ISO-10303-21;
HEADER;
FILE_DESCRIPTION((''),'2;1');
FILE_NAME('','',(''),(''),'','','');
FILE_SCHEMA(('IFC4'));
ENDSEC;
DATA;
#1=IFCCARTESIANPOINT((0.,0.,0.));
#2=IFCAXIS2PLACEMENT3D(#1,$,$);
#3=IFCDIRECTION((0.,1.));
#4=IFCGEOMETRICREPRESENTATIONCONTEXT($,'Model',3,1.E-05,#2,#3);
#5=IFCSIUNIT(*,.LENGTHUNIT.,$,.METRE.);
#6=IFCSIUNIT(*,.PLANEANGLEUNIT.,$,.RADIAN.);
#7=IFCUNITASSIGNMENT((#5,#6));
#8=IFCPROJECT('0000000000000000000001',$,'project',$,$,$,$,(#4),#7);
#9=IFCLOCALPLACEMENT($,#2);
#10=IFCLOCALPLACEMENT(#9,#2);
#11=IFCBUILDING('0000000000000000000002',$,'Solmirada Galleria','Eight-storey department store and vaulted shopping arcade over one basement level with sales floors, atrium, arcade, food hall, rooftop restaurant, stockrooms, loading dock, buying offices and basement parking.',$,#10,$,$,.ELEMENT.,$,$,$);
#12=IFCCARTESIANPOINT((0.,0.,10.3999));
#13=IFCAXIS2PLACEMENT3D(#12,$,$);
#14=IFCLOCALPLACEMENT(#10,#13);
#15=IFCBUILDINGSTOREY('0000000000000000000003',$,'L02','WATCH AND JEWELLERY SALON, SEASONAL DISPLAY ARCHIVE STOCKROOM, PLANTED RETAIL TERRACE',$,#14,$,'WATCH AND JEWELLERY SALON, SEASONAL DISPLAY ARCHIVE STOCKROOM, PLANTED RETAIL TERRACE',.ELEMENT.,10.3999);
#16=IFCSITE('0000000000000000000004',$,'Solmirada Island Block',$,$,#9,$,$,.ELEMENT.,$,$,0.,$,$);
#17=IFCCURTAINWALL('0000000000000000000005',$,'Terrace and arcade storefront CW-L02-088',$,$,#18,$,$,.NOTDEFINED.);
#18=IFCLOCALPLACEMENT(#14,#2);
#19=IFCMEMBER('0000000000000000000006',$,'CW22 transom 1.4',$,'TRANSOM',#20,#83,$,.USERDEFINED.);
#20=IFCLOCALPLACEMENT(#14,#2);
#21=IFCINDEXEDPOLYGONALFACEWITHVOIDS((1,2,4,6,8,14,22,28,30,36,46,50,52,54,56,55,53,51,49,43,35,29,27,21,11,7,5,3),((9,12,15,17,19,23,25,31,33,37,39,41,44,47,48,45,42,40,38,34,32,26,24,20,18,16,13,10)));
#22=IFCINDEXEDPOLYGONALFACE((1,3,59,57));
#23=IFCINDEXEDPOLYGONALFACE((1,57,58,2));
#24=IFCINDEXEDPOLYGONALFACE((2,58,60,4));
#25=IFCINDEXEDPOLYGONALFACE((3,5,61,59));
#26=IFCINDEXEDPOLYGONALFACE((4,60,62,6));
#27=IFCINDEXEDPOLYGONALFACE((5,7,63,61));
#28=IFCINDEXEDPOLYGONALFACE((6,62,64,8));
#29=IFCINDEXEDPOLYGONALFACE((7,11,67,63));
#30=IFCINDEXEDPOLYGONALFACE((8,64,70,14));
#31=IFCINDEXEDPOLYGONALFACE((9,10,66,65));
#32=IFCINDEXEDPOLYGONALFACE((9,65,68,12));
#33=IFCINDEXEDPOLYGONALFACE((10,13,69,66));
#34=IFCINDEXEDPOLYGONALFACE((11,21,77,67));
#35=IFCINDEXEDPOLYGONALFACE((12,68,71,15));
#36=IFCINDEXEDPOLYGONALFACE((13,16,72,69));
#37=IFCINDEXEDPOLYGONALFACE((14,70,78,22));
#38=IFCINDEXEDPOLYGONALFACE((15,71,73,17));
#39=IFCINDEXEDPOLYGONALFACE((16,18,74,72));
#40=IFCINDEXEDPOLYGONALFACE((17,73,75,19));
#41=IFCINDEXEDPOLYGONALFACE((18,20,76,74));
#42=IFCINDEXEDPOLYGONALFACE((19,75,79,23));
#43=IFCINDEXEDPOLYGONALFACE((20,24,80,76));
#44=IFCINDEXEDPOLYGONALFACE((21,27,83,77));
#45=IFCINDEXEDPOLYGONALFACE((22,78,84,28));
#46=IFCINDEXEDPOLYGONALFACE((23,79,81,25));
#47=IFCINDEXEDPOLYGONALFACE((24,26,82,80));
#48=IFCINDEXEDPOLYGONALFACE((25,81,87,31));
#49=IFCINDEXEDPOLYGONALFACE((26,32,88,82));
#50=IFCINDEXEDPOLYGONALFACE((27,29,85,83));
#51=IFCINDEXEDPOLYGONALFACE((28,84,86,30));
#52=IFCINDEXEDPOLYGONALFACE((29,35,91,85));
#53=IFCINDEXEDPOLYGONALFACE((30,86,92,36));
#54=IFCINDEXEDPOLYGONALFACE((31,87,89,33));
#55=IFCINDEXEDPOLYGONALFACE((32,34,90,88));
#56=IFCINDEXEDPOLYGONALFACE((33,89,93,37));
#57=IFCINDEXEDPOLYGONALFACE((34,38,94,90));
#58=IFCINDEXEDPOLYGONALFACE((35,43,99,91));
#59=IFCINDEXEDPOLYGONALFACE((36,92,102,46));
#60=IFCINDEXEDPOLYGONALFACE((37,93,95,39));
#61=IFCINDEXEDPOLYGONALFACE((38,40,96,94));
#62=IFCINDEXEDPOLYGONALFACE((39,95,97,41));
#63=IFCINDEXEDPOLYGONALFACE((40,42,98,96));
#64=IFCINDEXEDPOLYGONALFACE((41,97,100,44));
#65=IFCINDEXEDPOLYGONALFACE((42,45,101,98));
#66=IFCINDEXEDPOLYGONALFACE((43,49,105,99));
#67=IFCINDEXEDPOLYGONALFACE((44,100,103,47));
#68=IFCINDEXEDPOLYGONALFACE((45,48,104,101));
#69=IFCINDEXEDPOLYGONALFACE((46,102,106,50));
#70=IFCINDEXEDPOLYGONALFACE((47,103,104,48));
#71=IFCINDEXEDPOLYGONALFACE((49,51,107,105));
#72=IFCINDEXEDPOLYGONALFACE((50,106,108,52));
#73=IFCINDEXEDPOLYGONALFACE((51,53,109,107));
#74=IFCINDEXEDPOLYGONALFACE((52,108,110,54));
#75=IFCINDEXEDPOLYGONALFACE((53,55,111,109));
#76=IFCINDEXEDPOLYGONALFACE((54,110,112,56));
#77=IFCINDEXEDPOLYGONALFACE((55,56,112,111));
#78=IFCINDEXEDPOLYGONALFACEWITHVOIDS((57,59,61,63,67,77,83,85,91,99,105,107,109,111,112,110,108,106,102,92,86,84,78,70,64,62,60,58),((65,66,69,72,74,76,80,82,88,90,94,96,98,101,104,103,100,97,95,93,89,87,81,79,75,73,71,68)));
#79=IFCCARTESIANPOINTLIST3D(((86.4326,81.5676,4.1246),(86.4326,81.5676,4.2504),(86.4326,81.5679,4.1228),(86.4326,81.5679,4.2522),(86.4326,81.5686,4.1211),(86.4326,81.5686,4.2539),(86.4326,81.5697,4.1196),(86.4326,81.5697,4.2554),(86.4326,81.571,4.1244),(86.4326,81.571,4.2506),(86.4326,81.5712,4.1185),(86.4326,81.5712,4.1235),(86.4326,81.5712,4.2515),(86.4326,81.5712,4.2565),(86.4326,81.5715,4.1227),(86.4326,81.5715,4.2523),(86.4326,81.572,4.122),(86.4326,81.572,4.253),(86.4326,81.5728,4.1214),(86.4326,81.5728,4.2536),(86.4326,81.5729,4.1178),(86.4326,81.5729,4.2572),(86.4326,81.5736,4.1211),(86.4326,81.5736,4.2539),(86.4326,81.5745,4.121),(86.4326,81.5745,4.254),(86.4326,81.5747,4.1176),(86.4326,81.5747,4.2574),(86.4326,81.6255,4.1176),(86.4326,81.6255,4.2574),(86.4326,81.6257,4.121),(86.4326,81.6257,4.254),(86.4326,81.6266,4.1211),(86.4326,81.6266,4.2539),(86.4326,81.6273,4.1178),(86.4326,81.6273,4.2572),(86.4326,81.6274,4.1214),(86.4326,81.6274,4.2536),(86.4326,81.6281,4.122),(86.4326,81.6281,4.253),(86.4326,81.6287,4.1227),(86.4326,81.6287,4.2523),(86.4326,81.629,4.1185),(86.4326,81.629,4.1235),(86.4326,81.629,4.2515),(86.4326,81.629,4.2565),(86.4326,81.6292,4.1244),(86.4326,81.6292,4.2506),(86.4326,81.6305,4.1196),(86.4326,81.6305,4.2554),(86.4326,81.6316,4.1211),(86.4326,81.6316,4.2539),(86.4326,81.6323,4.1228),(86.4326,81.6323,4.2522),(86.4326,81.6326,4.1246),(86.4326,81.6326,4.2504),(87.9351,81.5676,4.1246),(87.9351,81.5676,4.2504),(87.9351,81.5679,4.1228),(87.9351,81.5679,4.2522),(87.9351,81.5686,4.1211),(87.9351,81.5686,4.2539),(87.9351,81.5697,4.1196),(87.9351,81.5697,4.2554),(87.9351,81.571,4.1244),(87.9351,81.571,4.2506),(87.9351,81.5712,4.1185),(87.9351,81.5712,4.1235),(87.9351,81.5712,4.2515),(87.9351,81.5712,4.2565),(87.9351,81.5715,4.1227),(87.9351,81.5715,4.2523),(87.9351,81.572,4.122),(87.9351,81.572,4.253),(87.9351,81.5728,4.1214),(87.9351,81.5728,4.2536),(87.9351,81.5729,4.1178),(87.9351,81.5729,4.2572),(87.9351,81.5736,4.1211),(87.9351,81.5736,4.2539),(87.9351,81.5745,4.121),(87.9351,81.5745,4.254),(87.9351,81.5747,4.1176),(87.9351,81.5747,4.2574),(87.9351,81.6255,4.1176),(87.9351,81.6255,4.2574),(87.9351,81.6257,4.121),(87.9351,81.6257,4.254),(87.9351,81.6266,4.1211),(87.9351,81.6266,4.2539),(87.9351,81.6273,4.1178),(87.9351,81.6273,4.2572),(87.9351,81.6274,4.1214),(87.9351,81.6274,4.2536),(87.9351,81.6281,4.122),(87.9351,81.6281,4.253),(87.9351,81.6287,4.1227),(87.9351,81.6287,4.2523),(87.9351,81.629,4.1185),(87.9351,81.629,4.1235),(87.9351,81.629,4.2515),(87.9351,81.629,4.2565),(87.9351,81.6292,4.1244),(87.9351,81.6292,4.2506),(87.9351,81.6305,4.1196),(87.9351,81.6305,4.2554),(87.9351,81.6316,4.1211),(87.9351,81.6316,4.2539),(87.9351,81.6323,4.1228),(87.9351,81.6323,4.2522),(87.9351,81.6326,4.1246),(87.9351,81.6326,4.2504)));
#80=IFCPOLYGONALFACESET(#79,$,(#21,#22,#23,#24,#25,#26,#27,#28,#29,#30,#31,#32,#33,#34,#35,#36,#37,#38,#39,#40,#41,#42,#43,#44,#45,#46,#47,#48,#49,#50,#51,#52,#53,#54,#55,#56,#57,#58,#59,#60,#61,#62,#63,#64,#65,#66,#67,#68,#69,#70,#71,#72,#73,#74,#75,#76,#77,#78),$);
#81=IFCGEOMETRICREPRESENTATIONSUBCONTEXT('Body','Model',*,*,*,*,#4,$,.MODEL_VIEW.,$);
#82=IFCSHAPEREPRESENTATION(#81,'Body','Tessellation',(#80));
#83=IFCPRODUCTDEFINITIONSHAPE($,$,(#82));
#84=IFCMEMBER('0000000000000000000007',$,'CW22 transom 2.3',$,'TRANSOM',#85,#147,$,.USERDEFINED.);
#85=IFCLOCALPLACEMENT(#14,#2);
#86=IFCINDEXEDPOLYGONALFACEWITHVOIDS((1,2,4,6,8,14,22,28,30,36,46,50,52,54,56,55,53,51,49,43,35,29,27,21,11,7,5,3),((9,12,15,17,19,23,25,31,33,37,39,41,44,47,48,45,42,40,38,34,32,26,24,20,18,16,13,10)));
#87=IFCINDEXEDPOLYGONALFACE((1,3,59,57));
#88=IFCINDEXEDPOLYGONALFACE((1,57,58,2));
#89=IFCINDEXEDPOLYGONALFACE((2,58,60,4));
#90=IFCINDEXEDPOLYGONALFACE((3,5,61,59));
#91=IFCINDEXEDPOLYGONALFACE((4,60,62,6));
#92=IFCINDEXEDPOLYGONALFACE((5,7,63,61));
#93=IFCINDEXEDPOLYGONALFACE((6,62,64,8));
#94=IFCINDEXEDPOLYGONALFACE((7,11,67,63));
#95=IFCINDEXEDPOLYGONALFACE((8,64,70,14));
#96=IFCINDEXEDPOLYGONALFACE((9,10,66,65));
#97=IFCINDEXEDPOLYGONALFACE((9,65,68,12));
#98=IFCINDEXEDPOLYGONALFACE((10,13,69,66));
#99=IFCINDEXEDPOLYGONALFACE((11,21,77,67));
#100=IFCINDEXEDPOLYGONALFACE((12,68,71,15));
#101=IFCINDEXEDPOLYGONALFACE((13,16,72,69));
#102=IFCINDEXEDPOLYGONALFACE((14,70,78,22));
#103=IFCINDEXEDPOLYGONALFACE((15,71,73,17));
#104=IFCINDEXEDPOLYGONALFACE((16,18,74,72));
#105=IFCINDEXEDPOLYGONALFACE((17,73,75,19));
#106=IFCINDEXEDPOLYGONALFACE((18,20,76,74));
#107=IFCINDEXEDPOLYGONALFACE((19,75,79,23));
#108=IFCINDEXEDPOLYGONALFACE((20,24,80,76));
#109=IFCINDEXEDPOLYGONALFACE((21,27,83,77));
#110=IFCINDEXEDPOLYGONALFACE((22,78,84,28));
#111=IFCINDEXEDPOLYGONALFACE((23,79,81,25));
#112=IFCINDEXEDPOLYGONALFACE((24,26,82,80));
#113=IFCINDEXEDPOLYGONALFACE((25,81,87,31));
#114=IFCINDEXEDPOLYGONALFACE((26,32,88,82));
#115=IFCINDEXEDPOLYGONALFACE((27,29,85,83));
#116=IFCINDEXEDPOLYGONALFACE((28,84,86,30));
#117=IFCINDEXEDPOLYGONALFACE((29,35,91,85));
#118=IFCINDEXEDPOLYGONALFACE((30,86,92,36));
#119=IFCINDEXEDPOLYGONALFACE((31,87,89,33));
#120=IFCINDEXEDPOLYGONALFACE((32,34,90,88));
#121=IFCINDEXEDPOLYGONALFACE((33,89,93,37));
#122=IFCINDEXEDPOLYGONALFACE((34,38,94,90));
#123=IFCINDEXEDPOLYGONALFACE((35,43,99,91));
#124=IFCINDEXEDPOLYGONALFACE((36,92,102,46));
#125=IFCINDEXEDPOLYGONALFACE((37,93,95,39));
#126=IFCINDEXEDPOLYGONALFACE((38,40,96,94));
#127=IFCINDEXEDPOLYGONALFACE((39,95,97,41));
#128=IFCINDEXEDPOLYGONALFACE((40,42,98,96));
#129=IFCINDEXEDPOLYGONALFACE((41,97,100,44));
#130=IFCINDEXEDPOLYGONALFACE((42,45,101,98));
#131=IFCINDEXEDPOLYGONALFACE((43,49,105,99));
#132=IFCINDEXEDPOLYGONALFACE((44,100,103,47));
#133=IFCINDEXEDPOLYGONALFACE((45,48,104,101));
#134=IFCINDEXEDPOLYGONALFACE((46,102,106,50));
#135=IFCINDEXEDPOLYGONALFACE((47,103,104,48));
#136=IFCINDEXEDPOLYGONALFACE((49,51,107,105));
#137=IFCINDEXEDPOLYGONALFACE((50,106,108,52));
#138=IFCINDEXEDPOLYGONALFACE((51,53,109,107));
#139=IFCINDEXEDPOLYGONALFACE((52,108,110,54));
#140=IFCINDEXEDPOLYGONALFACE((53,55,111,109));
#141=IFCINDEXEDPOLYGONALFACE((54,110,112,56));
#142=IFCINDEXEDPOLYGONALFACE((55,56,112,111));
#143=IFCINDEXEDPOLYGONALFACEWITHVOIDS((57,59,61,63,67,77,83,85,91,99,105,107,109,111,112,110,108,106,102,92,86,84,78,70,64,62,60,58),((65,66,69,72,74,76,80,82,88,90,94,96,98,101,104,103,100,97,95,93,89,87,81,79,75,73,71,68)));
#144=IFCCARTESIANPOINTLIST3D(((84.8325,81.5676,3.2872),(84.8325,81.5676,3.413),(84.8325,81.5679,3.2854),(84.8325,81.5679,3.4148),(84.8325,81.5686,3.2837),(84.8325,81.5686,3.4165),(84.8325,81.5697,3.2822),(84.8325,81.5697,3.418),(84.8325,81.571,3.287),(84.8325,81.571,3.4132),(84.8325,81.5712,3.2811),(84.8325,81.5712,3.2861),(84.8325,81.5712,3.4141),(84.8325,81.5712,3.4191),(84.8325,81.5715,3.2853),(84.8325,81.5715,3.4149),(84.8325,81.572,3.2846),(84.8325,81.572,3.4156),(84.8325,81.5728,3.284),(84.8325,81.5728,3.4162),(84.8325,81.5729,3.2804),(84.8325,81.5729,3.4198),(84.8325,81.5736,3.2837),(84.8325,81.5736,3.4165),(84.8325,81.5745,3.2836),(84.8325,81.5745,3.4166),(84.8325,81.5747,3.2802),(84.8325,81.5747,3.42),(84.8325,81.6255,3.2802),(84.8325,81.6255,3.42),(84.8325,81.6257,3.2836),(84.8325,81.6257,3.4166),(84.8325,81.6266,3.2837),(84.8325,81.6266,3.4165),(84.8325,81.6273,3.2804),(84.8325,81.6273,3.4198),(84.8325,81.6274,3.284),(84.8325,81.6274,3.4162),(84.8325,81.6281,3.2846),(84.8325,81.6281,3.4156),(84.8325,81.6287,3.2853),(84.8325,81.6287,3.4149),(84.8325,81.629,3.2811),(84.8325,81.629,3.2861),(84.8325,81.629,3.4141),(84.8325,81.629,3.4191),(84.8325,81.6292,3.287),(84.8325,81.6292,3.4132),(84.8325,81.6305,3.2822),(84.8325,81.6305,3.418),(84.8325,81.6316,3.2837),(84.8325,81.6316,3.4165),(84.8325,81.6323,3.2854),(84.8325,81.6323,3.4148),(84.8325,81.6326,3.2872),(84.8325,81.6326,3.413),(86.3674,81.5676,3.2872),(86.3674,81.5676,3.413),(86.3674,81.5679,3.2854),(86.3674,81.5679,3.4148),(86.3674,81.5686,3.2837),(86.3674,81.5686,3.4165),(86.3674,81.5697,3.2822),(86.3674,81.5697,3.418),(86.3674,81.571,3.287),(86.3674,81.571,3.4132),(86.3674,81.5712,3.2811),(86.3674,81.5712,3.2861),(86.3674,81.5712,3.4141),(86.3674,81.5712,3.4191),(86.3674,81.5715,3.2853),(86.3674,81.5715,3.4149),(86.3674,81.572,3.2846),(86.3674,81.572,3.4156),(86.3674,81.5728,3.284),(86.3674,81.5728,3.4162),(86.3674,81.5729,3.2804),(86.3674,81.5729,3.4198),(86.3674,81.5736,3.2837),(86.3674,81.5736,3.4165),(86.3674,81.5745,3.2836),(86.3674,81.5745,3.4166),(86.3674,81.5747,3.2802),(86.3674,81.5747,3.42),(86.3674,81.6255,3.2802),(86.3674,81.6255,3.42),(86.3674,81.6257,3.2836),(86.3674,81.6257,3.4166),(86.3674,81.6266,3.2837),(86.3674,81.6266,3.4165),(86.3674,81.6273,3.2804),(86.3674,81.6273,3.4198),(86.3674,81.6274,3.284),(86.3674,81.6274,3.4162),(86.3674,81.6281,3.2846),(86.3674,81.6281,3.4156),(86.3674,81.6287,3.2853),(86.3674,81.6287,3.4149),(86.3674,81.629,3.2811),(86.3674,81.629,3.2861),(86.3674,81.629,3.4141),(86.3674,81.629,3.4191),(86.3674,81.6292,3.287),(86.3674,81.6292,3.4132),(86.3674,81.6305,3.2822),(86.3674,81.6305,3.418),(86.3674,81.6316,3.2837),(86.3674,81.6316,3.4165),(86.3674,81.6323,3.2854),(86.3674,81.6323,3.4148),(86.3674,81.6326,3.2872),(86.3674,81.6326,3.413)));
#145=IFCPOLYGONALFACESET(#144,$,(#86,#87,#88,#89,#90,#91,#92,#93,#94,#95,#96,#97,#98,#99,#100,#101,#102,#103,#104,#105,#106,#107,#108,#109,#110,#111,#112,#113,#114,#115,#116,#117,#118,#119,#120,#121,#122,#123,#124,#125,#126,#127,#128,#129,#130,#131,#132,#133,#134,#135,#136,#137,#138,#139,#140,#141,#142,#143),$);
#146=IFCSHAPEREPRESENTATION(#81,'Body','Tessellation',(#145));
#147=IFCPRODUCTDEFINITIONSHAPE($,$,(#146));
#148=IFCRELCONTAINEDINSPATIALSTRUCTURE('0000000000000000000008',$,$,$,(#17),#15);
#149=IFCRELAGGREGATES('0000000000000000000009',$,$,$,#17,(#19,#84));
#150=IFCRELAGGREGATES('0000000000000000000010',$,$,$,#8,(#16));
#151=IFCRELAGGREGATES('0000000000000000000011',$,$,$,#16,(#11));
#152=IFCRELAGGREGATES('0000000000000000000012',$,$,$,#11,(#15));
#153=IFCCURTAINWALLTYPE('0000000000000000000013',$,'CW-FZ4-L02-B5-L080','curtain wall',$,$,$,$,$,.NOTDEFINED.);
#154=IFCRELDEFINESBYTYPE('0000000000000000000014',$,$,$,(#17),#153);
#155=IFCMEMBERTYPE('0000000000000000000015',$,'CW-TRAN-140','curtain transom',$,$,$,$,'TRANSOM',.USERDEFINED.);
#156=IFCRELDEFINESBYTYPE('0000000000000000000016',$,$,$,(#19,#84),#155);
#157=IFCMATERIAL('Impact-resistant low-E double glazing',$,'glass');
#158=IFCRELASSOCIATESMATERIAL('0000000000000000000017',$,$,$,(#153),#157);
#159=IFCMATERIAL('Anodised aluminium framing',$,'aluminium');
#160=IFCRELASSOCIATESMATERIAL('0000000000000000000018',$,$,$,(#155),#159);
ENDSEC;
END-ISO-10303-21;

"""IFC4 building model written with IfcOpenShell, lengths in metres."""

from ifc_helpers import new_model, si_unit, direction, frame, origin, origin_2d, place, context, subcontext, project, spatial, hollow_rectangle, extrude, material, material_profile, profile_set, type_object, element, aggregate, save


model = new_model("IFC4")

# Units and contexts
model_context = context("Model", 3, precision=1e-05, world=origin(), true_north=direction((0.0, 1.0)))
body_context = subcontext(model_context, "Body", "Model", "MODEL_VIEW")
ifc_project = project(units=[si_unit("LENGTHUNIT", "METRE"), si_unit("PLANEANGLEUNIT", "RADIAN")], contexts=[model_context])

# Site, building, storey
site_placement = place(None, origin())
site = spatial("IfcSite", under=ifc_project, at=site_placement, Name="Solmirada Island Block", CompositionType="ELEMENT", RefElevation=0.0)
building_placement = place(site_placement, origin())
building = spatial("IfcBuilding", under=site, at=building_placement, Name="Solmirada Galleria", Description="Eight-storey department store and vaulted shopping arcade over one basement level with sales floors, atrium, arcade, food hall, rooftop restaurant, stockrooms, loading dock, buying offices and basement parking.", CompositionType="ELEMENT")
storey_placement = place(building_placement, frame((0.0, 0.0, 10.3999)))
storey = spatial("IfcBuildingStorey", under=building, at=storey_placement, Name="L02", Description="WATCH AND JEWELLERY SALON, SEASONAL DISPLAY ARCHIVE STOCKROOM, PLANTED RETAIL TERRACE", LongName="WATCH AND JEWELLERY SALON, SEASONAL DISPLAY ARCHIVE STOCKROOM, PLANTED RETAIL TERRACE", CompositionType="ELEMENT", Elevation=10.3999)

# Curtain wall, members
ifc_material_1 = material(Name="Impact-resistant low-E double glazing", Category="glass")
curtain_wall_type = type_object("IfcCurtainWallType", Name="CW-FZ4-L02-B5-L080", Description="curtain wall", PredefinedType="NOTDEFINED", material=ifc_material_1)
curtain_wall_placement = place(storey_placement, origin())
curtain_wall = element("IfcCurtainWall", 1, at=curtain_wall_placement, inside=storey, type_object=curtain_wall_type, Name="Terrace and arcade storefront CW-L02-088", PredefinedType="NOTDEFINED")
ifc_material_2 = material(Name="Anodised aluminium framing", Category="aluminium")
ifc_material_profile_1 = material_profile(ifc_material_2, hollow_rectangle(XDim=0.0649, YDim=0.1399, WallThickness=0.0034, InnerFilletRadius=0.0034, OuterFilletRadius=0.0071, at=origin_2d()), Name="ALU-TRAN-140X65")
ifc_profile_set_1 = profile_set([ifc_material_profile_1], Name="Anodised aluminium framing")
member_type_1 = type_object("IfcMemberType", Name="CW-TRAN-140", Description="curtain transom", ElementType="TRANSOM", PredefinedType="USERDEFINED", material=ifc_profile_set_1)
member_1_placement = place(storey_placement, frame((87.9351, 81.6001, 4.1875), z_axis=(-1.0, 0.0, 0.0), x_axis=(0.0, -1.0, 0.0)))
member_1 = element("IfcMember", 2, at=member_1_placement, type_object=member_type_1, Name="CW22 transom 1.4", ObjectType="TRANSOM", PredefinedType="USERDEFINED", context=body_context, shape_type="SweptSolid", body=[
    extrude(hollow_rectangle(XDim=0.0649, YDim=0.1399, WallThickness=0.0034, InnerFilletRadius=0.0034, OuterFilletRadius=0.0071, at=origin_2d()), origin(), (0.0, 0.0, 1.0), 1.5024),
])
member_2_placement = place(storey_placement, frame((86.3674, 81.6001, 3.3501), z_axis=(-1.0, 0.0, 0.0), x_axis=(0.0, -1.0, 0.0)))
member_2 = element("IfcMember", 3, at=member_2_placement, type_object=member_type_1, Name="CW22 transom 2.3", ObjectType="TRANSOM", PredefinedType="USERDEFINED", context=body_context, shape_type="SweptSolid", body=[
    extrude(hollow_rectangle(XDim=0.0649, YDim=0.1399, WallThickness=0.0034, InnerFilletRadius=0.0034, OuterFilletRadius=0.0071, at=origin_2d()), origin(), (0.0, 0.0, 1.0), 1.5349),
])
aggregate(curtain_wall, [member_1, member_2])

save(model, "model.ifc")
